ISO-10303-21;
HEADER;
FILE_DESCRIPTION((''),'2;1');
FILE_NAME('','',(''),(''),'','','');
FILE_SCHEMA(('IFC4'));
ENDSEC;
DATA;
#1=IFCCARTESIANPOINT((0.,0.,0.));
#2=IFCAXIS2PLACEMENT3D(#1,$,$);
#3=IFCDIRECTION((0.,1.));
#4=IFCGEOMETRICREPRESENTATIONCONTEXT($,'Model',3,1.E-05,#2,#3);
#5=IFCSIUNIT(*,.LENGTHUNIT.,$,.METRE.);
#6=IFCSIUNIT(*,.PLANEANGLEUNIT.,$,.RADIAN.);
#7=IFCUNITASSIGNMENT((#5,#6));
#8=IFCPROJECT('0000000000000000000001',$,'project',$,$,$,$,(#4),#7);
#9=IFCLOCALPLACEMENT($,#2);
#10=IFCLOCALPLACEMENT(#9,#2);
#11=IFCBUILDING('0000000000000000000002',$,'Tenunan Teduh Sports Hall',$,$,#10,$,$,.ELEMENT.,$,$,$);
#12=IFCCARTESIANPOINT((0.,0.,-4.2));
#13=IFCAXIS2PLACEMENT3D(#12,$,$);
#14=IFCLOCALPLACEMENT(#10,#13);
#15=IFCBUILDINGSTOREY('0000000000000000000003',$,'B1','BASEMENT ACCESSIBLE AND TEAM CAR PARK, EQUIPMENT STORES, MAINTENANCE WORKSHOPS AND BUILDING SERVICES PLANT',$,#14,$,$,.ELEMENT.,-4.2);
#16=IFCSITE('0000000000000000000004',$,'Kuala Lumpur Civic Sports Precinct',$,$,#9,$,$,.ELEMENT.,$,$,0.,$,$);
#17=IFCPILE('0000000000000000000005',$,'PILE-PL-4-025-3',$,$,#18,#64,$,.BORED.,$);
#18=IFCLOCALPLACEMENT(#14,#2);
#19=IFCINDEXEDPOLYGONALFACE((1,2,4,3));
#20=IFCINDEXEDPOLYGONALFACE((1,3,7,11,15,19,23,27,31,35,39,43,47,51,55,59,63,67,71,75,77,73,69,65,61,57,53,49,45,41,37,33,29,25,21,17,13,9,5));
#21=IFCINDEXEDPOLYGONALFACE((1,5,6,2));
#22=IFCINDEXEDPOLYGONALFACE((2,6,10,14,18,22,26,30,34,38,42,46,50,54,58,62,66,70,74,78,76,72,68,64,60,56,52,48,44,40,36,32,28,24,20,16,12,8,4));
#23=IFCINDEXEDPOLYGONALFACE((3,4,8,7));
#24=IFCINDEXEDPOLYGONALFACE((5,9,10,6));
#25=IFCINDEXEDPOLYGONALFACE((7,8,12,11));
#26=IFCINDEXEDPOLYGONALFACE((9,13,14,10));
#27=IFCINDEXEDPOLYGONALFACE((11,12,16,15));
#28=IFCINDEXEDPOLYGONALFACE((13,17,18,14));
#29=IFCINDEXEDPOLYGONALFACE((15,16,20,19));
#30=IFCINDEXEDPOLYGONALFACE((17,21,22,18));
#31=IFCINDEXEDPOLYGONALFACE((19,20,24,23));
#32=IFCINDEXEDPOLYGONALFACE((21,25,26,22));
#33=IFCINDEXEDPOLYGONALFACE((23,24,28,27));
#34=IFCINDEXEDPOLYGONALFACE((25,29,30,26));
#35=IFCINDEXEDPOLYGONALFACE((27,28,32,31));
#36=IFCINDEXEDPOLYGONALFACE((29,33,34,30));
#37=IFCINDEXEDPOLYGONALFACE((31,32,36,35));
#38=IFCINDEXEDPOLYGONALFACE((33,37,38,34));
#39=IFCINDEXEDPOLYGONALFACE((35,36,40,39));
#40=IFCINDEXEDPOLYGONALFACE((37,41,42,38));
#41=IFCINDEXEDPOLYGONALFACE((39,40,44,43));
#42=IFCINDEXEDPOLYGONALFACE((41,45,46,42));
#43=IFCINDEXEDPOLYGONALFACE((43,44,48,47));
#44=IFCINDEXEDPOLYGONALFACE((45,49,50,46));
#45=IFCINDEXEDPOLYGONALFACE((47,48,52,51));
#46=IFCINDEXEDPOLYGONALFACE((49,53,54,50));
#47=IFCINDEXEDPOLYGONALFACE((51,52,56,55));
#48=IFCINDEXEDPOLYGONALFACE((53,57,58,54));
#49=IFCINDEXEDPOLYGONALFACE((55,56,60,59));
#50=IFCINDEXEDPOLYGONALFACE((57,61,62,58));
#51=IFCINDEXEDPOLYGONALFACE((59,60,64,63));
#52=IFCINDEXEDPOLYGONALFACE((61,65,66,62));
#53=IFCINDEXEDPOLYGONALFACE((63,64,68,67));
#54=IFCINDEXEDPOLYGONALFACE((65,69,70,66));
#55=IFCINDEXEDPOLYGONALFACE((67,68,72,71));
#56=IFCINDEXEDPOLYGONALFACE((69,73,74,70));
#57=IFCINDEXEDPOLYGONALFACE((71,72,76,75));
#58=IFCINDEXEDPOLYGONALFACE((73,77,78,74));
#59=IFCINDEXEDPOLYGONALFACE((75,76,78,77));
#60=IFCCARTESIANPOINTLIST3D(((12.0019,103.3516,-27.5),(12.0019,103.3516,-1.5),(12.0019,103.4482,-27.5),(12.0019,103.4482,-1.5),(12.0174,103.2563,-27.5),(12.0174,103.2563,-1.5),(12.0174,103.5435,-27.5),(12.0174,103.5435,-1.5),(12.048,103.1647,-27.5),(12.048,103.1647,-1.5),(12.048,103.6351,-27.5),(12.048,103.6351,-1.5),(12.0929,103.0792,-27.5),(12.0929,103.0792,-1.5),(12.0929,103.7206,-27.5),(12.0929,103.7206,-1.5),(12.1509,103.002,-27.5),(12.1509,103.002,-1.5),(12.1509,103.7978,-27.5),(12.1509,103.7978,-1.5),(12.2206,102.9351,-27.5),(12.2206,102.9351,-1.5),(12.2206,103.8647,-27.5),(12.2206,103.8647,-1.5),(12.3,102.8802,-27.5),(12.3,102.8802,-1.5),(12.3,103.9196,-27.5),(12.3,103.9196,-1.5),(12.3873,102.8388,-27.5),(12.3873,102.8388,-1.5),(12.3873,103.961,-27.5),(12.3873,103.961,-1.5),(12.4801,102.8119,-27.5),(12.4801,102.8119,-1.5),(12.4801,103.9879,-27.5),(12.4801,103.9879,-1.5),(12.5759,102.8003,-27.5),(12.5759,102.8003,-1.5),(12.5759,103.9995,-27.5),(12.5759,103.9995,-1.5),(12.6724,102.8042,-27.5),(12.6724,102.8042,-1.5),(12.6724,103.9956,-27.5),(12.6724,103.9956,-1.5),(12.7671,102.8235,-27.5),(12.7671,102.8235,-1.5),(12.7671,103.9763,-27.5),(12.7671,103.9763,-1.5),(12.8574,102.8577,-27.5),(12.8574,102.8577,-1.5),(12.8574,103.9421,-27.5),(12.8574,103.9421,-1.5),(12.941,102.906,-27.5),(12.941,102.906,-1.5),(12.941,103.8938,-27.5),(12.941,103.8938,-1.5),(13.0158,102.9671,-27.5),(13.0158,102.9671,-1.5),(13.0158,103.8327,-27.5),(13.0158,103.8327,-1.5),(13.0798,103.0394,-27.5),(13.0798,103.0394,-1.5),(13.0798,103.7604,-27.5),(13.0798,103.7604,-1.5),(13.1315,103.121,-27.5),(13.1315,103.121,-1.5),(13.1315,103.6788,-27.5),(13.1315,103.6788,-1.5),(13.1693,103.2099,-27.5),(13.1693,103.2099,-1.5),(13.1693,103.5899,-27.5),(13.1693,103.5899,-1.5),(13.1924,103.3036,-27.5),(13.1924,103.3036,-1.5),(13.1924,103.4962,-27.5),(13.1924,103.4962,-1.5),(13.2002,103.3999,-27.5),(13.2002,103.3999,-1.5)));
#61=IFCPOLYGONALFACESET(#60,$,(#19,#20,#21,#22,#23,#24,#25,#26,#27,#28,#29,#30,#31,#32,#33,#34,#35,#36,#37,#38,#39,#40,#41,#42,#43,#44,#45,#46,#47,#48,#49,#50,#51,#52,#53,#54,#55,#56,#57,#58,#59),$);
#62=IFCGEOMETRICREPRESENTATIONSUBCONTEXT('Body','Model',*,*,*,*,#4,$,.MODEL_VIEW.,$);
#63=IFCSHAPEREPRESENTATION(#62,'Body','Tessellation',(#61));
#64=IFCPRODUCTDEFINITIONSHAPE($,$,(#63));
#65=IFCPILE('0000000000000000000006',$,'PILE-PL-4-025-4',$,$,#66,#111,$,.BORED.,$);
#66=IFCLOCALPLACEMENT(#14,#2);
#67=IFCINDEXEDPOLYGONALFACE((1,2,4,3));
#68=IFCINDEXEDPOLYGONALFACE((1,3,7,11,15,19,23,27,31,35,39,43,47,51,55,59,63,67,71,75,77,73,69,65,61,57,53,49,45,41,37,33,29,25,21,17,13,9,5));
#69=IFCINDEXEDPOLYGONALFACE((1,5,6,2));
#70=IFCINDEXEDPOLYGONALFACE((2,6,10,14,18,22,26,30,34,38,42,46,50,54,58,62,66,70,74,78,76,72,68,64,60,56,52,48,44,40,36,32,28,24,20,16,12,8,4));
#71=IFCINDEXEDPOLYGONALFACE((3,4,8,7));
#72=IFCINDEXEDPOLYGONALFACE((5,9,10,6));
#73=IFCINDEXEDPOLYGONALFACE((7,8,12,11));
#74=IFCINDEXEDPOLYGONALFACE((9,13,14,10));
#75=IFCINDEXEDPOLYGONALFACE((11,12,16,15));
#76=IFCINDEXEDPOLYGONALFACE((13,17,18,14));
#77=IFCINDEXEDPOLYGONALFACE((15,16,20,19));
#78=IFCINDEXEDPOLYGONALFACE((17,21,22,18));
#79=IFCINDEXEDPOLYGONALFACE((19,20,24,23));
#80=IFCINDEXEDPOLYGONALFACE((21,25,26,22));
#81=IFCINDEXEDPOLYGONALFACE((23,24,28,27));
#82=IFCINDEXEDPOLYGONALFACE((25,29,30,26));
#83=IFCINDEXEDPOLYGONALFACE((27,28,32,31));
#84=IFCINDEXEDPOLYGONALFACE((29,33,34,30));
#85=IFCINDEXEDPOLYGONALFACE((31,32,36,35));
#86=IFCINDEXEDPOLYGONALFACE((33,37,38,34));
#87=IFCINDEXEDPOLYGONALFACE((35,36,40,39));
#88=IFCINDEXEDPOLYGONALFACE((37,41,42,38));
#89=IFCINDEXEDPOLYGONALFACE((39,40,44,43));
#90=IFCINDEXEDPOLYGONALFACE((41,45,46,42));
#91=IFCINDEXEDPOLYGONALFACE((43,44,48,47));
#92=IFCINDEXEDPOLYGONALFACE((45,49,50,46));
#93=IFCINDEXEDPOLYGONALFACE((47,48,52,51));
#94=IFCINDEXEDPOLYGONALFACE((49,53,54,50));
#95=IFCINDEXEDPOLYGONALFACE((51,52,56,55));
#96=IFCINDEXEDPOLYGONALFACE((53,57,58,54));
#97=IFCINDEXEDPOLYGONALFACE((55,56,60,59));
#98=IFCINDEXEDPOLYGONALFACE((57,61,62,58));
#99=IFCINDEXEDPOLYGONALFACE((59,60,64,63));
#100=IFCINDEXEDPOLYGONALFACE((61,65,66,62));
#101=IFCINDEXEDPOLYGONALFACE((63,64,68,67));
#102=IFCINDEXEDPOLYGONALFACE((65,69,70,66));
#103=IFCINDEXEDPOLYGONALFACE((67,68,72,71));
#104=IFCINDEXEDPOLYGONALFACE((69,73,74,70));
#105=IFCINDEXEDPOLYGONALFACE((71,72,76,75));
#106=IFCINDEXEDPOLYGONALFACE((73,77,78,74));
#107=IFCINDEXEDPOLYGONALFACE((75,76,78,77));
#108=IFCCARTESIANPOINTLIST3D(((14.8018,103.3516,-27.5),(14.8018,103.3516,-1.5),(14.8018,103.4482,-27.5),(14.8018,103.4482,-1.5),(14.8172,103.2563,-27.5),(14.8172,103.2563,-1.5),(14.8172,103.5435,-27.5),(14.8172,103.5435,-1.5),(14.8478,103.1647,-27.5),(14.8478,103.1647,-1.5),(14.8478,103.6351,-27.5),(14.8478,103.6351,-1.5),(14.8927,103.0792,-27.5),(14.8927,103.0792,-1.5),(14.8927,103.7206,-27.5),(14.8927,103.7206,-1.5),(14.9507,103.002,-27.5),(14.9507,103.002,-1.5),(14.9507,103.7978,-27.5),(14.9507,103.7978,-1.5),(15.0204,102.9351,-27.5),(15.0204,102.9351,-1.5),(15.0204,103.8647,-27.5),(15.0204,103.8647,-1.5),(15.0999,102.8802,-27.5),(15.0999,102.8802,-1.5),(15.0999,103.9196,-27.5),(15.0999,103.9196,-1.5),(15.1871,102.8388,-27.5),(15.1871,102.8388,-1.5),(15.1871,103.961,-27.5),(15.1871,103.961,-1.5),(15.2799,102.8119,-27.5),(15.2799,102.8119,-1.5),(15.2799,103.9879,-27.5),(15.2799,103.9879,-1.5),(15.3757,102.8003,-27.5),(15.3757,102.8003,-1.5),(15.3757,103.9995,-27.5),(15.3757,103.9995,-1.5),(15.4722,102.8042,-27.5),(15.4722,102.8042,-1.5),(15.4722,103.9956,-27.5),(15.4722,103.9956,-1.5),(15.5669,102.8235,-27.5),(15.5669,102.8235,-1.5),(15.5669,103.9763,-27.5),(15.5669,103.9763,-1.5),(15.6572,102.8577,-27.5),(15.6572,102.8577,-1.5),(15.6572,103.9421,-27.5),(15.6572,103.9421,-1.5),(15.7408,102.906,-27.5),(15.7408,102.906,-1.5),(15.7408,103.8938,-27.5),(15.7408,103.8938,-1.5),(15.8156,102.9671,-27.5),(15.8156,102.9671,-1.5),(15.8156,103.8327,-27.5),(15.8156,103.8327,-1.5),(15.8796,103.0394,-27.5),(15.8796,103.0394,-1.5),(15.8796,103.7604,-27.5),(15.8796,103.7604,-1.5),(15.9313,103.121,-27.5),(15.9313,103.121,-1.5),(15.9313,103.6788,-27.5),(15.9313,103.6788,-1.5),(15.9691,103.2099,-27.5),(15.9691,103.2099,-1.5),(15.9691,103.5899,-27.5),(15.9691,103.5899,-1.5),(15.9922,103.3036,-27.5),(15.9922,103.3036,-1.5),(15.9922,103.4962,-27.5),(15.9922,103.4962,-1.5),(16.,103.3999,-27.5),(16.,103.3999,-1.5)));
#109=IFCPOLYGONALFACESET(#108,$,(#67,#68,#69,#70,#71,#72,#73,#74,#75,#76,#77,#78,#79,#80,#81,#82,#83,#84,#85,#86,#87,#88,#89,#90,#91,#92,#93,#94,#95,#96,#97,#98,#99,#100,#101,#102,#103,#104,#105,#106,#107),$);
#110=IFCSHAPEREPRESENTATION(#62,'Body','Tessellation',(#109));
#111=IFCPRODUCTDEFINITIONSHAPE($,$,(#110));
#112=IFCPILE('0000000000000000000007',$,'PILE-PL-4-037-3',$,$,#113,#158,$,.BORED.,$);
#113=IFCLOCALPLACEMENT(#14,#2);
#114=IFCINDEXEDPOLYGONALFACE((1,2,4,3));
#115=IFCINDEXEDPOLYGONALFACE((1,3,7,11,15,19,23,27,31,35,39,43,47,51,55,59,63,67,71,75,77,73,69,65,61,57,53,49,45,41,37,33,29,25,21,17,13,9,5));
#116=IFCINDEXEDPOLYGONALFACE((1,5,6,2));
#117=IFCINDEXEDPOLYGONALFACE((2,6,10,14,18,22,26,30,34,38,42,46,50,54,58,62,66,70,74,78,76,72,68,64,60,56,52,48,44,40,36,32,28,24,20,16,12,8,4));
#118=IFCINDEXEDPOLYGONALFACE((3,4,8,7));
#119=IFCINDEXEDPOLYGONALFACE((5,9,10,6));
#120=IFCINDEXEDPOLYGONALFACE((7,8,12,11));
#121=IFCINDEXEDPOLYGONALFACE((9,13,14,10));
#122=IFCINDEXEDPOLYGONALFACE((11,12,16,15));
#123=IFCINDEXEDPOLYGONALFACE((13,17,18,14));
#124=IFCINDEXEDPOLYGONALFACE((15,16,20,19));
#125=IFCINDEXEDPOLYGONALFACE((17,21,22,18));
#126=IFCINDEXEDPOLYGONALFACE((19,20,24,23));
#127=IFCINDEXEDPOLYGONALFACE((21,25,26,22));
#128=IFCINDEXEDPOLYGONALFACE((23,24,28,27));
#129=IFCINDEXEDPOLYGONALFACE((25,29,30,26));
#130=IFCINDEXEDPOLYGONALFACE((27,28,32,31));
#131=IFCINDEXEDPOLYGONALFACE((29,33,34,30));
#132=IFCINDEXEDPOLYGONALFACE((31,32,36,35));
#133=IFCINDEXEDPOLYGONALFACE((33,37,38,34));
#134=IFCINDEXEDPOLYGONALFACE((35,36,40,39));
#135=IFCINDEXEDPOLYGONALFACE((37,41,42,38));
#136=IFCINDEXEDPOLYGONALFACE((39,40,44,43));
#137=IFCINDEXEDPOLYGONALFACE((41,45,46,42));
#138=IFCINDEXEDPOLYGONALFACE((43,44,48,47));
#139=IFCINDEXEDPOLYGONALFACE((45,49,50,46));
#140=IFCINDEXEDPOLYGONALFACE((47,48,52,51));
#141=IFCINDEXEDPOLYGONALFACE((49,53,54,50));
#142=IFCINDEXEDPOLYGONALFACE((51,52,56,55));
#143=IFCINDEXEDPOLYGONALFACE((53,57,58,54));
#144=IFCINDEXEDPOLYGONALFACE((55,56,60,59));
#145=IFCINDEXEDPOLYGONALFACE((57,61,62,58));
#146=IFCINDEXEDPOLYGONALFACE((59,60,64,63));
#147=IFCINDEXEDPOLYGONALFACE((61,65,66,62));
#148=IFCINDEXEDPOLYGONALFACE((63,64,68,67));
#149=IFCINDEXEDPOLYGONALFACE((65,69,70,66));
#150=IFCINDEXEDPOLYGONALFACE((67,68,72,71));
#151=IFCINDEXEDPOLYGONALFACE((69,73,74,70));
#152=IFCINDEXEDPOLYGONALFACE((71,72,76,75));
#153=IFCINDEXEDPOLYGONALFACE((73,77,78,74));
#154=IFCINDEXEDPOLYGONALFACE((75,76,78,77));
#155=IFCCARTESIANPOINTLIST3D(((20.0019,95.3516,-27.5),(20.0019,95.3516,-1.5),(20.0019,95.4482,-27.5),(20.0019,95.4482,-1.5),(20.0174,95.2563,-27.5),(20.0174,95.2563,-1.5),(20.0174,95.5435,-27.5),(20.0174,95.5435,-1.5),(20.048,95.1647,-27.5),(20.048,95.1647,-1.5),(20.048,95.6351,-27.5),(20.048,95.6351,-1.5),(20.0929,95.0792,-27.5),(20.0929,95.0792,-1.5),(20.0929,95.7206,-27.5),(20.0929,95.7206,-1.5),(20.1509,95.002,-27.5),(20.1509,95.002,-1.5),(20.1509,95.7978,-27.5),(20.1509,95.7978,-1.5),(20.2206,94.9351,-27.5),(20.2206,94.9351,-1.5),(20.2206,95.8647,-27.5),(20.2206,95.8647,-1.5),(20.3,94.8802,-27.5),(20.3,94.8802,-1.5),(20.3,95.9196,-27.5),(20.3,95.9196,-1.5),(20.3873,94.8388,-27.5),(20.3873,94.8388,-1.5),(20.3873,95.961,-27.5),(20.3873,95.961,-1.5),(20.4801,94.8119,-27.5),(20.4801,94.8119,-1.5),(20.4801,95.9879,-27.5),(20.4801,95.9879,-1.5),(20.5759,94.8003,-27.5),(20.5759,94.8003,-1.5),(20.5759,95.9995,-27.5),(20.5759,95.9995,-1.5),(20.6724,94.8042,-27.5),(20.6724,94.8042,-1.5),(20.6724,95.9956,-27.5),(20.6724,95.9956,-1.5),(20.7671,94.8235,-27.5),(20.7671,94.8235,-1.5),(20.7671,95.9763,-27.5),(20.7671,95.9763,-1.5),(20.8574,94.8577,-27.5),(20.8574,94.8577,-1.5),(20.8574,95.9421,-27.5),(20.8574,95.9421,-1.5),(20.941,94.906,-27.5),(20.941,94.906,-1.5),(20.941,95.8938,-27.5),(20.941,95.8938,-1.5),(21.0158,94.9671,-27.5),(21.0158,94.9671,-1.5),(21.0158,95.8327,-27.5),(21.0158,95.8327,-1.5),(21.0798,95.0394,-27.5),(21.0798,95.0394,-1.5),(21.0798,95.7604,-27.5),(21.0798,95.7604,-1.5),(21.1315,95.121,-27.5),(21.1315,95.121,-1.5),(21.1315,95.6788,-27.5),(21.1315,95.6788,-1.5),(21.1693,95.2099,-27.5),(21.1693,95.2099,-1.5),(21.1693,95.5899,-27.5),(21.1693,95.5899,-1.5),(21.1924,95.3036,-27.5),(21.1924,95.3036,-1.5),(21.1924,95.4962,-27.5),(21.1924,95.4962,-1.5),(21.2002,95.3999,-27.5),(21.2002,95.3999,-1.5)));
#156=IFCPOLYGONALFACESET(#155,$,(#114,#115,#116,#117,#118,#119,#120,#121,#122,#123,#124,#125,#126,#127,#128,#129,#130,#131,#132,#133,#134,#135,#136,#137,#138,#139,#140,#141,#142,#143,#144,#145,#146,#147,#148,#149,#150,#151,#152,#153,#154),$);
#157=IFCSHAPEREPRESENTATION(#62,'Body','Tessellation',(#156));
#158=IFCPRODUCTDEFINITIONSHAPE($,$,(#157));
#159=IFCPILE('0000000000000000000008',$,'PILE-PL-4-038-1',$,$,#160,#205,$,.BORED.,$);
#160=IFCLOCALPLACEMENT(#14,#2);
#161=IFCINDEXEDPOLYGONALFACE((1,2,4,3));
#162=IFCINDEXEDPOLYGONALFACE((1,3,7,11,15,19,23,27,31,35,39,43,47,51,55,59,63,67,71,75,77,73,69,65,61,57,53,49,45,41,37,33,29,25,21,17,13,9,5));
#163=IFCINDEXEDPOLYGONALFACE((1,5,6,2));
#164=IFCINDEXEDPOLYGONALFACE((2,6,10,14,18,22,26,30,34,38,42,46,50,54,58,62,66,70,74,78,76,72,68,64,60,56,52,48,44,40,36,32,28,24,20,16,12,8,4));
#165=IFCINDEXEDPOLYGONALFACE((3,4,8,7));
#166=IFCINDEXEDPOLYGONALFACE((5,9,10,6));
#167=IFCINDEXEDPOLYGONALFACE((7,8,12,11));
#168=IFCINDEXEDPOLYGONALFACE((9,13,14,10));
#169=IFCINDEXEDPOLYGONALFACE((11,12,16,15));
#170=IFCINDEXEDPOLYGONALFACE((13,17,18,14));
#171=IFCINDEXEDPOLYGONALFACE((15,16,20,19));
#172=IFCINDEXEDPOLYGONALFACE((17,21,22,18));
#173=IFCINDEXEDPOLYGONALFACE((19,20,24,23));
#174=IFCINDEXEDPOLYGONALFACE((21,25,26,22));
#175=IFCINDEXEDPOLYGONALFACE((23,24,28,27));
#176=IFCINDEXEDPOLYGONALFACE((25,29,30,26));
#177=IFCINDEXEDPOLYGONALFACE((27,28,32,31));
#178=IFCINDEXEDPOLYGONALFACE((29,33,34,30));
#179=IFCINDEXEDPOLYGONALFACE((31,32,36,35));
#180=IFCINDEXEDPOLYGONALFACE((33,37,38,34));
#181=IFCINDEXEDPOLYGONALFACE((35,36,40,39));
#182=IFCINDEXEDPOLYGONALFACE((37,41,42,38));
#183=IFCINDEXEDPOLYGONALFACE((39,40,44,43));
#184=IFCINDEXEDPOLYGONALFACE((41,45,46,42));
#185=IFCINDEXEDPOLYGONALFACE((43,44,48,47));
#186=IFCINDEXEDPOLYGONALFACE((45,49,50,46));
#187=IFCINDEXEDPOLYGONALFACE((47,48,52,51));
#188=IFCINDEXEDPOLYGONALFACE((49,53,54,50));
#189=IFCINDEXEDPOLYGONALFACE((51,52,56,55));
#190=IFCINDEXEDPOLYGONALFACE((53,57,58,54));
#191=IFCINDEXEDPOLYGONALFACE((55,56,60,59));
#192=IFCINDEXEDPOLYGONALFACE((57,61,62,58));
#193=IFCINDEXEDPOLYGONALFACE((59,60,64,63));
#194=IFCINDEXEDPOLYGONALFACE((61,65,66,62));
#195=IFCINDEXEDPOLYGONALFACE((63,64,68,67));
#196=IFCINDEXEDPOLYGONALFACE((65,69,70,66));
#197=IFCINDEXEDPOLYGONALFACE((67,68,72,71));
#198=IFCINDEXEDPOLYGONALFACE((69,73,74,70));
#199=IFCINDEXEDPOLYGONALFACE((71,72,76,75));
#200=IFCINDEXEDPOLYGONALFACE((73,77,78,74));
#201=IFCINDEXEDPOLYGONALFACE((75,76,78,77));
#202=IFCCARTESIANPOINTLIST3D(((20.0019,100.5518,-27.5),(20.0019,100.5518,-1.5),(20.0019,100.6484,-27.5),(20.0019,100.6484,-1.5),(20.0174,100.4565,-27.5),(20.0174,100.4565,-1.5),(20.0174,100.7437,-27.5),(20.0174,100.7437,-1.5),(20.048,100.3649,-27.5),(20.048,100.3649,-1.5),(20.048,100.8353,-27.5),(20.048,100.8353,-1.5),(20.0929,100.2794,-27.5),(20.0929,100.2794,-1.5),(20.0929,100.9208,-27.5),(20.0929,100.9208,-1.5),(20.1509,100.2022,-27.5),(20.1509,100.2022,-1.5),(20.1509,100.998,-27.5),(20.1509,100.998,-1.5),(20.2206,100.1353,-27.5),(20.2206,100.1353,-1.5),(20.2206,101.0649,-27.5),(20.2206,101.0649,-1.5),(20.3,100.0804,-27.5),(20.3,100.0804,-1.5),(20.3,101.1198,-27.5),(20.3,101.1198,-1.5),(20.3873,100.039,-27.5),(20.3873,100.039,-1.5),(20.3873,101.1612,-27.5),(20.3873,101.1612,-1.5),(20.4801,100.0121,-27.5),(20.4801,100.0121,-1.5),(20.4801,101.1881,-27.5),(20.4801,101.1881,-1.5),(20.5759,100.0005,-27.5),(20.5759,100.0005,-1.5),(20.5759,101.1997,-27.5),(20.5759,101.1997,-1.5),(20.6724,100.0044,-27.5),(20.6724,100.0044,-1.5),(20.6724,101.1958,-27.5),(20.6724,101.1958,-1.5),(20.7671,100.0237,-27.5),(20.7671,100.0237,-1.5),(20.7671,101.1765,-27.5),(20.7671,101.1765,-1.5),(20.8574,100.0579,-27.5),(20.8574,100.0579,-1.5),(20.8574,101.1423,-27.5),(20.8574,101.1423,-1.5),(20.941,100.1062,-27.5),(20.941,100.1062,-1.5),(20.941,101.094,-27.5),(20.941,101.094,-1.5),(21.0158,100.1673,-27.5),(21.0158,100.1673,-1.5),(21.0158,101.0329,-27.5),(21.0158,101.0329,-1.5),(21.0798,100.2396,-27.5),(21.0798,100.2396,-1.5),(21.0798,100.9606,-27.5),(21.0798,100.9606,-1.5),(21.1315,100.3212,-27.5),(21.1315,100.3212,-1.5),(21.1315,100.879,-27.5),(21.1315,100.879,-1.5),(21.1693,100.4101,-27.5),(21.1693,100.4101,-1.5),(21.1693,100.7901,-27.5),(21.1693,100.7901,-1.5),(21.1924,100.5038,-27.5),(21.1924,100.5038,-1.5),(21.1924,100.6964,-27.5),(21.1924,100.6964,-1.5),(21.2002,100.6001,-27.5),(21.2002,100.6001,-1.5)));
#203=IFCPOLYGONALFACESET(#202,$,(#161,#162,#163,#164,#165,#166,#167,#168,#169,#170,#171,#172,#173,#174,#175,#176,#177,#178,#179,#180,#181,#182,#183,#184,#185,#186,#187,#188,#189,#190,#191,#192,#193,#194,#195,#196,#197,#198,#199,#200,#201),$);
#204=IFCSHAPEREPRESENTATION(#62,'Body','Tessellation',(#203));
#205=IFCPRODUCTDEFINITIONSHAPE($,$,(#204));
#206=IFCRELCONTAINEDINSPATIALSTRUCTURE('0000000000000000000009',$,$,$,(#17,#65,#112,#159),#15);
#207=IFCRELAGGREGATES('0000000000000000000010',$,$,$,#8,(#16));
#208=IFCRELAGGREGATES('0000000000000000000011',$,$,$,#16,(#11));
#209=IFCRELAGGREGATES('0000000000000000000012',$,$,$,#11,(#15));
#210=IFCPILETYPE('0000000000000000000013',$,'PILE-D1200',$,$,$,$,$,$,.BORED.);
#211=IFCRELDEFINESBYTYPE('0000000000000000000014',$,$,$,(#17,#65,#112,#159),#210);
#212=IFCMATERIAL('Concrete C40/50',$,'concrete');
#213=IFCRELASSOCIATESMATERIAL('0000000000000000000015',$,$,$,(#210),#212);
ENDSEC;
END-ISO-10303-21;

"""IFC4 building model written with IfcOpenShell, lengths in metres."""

from ifc_helpers import new_model, si_unit, direction, frame, origin, origin_2d, place, context, subcontext, project, spatial, circle, extrude, material, material_profile, profile_set, type_object, element, save


model = new_model("IFC4")

# Units and contexts
model_context = context("Model", 3, precision=1e-05, world=origin(), true_north=direction((0.0, 1.0)))
body_context = subcontext(model_context, "Body", "Model", "MODEL_VIEW")
ifc_project = project(units=[si_unit("LENGTHUNIT", "METRE"), si_unit("PLANEANGLEUNIT", "RADIAN")], contexts=[model_context])

# Site, building, storey
site_placement = place(None, origin())
site = spatial("IfcSite", under=ifc_project, at=site_placement, Name="Kuala Lumpur Civic Sports Precinct", CompositionType="ELEMENT", RefElevation=0.0)
building_placement = place(site_placement, origin())
building = spatial("IfcBuilding", under=site, at=building_placement, Name="Tenunan Teduh Sports Hall", CompositionType="ELEMENT")
storey_placement = place(building_placement, frame((0.0, 0.0, -4.2)))
storey = spatial("IfcBuildingStorey", under=building, at=storey_placement, Name="B1", Description="BASEMENT ACCESSIBLE AND TEAM CAR PARK, EQUIPMENT STORES, MAINTENANCE WORKSHOPS AND BUILDING SERVICES PLANT", CompositionType="ELEMENT", Elevation=-4.2)

# Piles
ifc_material_1 = material(Name="Concrete C40/50", Category="concrete")
ifc_material_profile_1 = material_profile(ifc_material_1, circle(Radius=0.6001, at=origin_2d()), Name="PILE D1200")
ifc_profile_set_1 = profile_set([ifc_material_profile_1], Name="Concrete C40/50")
pile_type = type_object("IfcPileType", Name="PILE-D1200", PredefinedType="BORED", material=ifc_profile_set_1)
for number, where, z_axis, x_axis, name in (
    (1, (12.6001, 103.3999, -1.5), (0.0, 0.0, -1.0), (1.0, 0.0, 0.0), "PILE-PL-4-025-3"),
    (2, (15.3999, 103.3999, -1.5), (0.0, 0.0, -1.0), (1.0, 0.0, 0.0), "PILE-PL-4-025-4"),
    (3, (20.6001, 95.3999, -1.5), (0.0, 0.0, -1.0), (1.0, 0.0, 0.0), "PILE-PL-4-037-3"),
    (4, (20.6001, 100.6001, -1.5), (0.0, 0.0, -1.0), (1.0, 0.0, 0.0), "PILE-PL-4-038-1"),
):
    element("IfcPile", number, at=place(storey_placement, frame(where, z_axis=z_axis, x_axis=x_axis)), inside=storey, type_object=pile_type, Name=name, PredefinedType="BORED", context=body_context, shape_type="SweptSolid", body=[
        extrude(circle(Radius=0.6001, at=origin_2d()), origin(), (0.0, 0.0, 1.0), 26.0),
    ])

save(model, "model.ifc")
